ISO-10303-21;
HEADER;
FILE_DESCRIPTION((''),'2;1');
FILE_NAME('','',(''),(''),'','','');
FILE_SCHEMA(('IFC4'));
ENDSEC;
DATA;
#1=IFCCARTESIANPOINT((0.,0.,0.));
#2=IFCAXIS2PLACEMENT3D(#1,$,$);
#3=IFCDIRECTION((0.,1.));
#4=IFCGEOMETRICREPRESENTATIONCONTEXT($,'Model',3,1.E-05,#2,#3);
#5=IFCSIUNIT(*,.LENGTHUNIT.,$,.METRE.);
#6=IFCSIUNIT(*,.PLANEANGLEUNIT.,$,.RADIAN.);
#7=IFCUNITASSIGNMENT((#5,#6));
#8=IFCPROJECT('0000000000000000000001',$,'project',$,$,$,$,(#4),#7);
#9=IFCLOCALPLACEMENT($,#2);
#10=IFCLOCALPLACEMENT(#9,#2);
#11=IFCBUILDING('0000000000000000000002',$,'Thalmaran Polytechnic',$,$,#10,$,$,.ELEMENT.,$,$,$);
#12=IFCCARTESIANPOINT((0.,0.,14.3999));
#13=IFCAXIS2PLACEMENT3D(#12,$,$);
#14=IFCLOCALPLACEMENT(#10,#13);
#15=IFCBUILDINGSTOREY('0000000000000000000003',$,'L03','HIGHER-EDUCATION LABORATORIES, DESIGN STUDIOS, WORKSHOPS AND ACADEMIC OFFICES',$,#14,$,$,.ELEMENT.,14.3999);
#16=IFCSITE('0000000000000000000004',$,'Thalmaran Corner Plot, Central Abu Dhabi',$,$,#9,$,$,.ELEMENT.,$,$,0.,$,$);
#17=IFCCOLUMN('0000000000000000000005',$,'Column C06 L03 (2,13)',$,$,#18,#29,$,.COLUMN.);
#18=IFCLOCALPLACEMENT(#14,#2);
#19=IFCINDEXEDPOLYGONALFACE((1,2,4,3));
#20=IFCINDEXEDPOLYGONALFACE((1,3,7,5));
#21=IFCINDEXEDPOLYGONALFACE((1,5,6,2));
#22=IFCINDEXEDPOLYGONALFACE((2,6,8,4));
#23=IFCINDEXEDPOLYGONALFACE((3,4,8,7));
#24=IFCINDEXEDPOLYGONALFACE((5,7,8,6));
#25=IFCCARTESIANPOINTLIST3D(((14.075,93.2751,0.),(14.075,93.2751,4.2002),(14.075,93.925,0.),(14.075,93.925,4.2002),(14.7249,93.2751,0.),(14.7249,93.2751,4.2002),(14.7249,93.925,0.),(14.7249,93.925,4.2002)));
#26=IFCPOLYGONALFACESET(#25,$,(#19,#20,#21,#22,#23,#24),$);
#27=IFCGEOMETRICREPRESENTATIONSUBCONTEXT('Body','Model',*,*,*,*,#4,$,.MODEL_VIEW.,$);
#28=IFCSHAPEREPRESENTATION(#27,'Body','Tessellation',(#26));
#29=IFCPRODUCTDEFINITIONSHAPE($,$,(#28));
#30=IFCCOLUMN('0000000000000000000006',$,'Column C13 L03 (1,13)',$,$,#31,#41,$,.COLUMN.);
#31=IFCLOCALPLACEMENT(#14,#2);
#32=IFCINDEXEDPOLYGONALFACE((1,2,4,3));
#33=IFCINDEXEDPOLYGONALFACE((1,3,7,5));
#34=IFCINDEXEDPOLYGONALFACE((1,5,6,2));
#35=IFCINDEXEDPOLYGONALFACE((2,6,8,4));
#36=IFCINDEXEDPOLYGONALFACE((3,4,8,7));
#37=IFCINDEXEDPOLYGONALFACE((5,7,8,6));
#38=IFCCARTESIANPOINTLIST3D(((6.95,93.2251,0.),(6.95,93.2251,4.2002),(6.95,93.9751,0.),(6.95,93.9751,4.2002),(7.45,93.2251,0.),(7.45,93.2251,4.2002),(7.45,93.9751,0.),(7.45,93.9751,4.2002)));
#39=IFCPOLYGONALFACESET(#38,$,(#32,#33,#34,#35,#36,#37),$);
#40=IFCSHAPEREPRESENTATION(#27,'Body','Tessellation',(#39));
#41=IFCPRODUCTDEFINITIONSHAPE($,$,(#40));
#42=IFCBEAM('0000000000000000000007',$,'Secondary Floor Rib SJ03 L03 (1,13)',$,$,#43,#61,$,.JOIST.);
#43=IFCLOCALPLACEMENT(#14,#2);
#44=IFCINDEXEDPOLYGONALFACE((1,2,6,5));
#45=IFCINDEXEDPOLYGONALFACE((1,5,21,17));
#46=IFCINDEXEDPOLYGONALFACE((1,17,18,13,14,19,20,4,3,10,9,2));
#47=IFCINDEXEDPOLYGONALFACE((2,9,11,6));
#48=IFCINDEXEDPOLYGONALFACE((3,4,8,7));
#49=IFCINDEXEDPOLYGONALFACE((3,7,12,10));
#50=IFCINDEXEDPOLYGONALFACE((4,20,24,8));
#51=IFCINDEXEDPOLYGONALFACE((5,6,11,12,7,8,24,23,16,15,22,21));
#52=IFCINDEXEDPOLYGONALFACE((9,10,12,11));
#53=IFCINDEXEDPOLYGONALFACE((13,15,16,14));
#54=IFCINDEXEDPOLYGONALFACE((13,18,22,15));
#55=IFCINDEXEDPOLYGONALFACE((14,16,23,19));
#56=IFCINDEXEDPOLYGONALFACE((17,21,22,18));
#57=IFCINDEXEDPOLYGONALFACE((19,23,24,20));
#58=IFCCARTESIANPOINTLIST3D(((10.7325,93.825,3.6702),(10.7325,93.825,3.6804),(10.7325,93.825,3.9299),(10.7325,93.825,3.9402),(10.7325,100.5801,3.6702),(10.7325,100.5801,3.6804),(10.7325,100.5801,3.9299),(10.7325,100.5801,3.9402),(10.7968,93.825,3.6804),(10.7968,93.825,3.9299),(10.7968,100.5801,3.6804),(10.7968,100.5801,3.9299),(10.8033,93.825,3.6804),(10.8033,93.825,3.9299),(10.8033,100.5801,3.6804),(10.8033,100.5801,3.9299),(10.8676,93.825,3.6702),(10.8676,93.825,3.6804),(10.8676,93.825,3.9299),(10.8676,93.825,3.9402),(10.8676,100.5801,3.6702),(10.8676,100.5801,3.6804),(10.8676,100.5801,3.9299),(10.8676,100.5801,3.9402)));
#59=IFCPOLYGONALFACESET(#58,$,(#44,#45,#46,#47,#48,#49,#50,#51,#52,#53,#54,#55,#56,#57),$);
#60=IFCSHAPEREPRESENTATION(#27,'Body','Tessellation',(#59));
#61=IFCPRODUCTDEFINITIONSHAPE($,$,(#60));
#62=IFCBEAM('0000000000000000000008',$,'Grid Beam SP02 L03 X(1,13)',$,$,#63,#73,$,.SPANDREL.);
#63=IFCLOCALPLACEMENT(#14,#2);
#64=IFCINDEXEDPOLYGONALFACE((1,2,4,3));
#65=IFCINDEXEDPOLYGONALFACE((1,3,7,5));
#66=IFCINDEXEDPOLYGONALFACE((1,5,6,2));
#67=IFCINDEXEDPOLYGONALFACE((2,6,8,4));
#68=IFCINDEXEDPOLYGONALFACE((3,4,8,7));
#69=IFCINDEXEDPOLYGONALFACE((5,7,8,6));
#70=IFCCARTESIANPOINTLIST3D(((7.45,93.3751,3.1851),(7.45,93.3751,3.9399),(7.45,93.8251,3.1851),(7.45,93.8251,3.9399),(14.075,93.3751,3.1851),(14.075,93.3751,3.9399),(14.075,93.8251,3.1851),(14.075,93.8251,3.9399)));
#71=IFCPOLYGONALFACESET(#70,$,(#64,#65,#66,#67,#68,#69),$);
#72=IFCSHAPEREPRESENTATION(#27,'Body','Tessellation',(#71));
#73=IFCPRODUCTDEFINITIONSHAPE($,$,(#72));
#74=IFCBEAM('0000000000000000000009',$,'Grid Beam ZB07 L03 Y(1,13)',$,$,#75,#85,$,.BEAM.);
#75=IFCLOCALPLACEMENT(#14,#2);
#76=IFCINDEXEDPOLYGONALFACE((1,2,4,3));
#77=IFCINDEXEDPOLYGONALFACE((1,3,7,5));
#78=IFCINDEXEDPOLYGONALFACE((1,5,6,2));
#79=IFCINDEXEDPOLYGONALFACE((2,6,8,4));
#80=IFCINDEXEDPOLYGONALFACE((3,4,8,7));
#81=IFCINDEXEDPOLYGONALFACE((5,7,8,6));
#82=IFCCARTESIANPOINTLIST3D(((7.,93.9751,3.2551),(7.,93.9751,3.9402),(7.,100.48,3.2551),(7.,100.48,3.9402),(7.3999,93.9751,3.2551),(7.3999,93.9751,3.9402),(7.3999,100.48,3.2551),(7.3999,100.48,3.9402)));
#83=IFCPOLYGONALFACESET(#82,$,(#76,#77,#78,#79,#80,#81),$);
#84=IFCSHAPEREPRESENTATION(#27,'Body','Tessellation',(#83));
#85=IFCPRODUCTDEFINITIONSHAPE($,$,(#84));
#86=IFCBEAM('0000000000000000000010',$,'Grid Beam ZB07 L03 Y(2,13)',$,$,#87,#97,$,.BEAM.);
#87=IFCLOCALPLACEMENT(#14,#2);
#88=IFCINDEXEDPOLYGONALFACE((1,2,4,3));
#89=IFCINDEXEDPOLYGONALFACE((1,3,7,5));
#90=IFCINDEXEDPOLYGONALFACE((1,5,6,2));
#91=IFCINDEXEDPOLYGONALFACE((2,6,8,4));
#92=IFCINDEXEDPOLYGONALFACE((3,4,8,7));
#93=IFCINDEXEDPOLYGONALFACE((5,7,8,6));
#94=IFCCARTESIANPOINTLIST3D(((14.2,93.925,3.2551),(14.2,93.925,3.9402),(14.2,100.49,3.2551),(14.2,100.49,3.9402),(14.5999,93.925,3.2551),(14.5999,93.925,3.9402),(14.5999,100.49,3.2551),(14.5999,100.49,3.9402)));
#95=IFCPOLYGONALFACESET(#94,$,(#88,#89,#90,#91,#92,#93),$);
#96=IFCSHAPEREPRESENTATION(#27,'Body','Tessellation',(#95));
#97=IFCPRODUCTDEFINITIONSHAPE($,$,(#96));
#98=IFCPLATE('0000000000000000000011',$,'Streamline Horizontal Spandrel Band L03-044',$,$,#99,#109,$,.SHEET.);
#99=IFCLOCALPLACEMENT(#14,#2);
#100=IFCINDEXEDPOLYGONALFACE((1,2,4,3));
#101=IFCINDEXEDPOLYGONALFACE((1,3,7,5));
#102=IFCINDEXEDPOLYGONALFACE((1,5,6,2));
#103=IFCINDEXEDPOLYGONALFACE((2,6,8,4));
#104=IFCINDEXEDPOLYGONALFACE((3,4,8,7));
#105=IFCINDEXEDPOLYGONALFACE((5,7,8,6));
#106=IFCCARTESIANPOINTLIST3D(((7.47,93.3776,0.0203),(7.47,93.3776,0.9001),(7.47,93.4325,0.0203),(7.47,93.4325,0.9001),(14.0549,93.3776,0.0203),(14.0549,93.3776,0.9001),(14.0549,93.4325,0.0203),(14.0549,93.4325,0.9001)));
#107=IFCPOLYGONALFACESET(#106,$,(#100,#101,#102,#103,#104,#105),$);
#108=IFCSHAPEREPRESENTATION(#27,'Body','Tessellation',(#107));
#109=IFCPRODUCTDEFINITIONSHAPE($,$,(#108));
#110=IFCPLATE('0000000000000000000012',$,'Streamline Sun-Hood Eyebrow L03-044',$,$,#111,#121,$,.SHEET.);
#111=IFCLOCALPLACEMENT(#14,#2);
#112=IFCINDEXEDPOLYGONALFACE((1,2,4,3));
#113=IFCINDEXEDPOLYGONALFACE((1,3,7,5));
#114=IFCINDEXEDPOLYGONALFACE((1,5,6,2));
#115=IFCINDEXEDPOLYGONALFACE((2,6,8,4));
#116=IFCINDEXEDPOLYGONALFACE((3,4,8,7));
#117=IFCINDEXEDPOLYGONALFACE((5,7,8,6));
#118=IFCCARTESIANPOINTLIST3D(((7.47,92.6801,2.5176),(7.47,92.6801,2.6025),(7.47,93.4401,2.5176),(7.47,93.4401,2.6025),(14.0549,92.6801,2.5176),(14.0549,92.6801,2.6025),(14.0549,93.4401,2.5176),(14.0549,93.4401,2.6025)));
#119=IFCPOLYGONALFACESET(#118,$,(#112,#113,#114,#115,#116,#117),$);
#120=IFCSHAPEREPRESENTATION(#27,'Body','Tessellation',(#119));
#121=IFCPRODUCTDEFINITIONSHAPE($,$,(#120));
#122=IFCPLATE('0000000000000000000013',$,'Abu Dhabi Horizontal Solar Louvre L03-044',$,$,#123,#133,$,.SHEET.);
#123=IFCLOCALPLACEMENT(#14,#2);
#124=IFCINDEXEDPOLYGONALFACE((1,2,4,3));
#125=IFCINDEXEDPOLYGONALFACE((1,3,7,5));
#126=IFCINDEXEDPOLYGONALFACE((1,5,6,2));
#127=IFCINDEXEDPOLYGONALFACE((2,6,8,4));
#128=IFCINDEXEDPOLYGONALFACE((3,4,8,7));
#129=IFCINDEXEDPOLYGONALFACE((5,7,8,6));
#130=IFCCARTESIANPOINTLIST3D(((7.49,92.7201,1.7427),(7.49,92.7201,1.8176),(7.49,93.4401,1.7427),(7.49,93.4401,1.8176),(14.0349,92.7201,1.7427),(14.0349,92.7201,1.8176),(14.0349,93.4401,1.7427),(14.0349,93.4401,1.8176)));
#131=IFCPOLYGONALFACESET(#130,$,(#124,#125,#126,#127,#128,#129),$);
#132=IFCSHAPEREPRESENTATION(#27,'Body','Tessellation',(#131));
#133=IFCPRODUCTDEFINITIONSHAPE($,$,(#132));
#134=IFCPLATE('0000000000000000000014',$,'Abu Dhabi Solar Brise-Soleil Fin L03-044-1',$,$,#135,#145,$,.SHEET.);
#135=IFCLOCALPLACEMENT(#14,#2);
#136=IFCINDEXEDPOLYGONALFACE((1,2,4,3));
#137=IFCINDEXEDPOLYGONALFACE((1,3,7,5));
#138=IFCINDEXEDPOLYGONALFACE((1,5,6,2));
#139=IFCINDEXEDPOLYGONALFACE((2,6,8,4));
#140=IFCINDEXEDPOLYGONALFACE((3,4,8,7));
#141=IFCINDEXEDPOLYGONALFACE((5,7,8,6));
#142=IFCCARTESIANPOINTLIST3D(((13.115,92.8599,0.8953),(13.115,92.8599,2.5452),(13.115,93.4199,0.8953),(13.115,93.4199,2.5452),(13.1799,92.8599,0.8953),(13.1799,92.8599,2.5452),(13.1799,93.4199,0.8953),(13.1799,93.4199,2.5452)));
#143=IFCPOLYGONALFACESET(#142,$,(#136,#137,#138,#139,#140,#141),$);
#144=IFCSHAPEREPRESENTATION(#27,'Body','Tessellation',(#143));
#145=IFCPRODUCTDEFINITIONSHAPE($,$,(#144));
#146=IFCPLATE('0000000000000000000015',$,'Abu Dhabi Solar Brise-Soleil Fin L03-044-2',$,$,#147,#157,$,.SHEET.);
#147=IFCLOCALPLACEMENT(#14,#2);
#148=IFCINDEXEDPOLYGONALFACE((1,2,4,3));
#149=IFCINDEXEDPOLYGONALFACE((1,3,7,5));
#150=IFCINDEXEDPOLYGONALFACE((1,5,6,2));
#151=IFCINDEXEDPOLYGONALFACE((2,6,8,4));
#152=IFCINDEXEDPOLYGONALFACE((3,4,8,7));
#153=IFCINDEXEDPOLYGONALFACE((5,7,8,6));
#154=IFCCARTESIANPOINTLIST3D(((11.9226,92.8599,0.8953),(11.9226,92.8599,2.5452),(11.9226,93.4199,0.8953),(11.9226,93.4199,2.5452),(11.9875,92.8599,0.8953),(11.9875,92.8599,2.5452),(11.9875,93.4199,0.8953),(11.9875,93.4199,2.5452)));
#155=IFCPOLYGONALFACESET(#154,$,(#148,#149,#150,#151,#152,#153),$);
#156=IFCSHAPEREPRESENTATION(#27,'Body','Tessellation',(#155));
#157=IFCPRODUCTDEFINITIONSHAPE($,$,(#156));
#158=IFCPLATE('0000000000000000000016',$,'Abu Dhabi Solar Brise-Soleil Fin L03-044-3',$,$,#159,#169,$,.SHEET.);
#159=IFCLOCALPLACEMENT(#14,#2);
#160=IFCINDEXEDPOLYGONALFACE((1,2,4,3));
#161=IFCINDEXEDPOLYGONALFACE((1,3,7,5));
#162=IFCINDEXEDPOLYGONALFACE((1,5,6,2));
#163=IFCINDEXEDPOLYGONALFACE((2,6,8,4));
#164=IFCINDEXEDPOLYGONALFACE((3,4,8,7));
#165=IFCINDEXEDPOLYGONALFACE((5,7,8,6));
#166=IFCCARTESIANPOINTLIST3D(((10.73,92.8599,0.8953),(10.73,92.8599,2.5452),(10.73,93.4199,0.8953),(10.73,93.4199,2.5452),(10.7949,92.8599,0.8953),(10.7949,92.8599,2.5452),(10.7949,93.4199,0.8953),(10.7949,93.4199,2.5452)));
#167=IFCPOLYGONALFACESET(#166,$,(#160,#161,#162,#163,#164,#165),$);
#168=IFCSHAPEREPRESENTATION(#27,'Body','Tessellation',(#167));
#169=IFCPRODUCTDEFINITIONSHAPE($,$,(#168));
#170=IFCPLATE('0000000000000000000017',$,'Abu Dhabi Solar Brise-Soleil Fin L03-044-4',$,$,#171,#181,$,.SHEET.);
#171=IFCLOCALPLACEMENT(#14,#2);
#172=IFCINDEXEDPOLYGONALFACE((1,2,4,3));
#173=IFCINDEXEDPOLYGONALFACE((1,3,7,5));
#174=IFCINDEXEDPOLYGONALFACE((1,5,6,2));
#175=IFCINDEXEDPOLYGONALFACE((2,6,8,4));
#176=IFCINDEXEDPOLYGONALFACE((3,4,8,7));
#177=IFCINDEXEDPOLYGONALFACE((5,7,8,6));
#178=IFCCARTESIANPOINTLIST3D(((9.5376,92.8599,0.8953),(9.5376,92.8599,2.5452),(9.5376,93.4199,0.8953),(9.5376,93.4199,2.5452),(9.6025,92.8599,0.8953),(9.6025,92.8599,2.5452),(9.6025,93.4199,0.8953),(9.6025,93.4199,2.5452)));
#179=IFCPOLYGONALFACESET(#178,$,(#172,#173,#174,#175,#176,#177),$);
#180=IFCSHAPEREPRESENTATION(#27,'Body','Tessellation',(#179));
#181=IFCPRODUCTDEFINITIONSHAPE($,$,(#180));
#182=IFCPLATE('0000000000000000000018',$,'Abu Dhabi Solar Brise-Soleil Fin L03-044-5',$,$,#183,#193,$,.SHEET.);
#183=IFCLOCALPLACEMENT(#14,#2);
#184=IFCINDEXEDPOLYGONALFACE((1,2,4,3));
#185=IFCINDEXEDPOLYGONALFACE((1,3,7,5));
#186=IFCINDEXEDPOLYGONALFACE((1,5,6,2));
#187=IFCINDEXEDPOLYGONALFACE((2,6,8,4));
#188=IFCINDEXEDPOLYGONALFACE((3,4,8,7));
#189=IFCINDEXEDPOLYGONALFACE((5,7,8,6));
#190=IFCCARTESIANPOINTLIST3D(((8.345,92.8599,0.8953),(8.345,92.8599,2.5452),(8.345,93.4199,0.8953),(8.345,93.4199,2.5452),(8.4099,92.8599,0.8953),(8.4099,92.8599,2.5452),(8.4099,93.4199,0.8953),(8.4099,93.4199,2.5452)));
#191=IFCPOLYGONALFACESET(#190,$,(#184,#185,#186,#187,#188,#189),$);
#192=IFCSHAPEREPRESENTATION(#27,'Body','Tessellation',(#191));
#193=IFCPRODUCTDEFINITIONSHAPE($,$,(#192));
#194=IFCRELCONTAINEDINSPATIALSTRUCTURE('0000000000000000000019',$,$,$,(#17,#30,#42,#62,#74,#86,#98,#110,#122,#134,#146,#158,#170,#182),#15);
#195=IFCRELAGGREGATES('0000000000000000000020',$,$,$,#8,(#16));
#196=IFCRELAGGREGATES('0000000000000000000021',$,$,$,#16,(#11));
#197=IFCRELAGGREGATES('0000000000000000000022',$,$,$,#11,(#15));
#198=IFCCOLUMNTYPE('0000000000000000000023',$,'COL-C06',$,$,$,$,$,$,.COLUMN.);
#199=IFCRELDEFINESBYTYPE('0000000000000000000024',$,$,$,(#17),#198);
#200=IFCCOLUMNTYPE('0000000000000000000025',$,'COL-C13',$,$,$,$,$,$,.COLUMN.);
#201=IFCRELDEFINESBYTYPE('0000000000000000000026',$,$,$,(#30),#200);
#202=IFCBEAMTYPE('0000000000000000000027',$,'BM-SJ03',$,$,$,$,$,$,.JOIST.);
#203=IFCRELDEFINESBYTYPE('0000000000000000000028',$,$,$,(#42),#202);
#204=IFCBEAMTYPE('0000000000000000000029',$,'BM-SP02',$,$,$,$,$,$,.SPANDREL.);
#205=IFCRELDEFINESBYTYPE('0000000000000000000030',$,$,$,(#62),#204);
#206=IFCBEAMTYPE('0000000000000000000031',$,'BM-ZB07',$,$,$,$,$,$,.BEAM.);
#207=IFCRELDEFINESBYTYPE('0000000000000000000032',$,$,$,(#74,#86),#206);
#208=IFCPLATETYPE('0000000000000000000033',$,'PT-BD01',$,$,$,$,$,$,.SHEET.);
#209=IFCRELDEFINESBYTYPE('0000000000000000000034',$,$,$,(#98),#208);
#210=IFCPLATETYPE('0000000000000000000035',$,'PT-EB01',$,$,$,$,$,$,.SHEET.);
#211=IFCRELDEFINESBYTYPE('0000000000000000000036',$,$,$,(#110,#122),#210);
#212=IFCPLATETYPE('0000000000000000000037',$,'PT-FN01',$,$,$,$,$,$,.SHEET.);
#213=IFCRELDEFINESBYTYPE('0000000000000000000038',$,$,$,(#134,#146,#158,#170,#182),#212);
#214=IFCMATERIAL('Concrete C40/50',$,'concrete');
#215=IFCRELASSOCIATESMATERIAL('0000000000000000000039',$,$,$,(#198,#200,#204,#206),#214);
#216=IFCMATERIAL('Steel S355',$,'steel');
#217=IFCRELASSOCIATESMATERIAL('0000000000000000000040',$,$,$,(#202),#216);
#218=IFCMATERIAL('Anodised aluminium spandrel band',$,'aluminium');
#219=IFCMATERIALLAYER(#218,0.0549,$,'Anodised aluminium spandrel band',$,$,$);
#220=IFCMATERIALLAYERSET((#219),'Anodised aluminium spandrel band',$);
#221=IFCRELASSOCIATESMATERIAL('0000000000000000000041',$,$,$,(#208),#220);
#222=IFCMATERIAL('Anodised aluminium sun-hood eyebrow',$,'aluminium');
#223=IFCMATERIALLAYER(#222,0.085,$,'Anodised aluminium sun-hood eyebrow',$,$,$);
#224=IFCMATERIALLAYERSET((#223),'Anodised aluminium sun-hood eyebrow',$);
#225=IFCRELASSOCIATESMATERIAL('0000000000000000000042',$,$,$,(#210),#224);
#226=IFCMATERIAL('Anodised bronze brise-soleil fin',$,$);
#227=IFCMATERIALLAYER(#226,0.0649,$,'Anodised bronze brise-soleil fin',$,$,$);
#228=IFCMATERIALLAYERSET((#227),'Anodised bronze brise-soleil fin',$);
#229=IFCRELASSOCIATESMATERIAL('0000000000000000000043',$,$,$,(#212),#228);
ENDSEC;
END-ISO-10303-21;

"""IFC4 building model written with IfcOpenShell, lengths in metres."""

from ifc_helpers import new_model, si_unit, direction, frame, origin, origin_2d, place, context, subcontext, project, spatial, rectangle, i_section, extrude, material, layer, layer_set, material_profile, profile_set, type_object, element, save


model = new_model("IFC4")

# Units and contexts
model_context = context("Model", 3, precision=1e-05, world=origin(), true_north=direction((0.0, 1.0)))
body_context = subcontext(model_context, "Body", "Model", "MODEL_VIEW")
ifc_project = project(units=[si_unit("LENGTHUNIT", "METRE"), si_unit("PLANEANGLEUNIT", "RADIAN")], contexts=[model_context])

# Site, building, storey
site_placement = place(None, origin())
site = spatial("IfcSite", under=ifc_project, at=site_placement, Name="Thalmaran Corner Plot, Central Abu Dhabi", CompositionType="ELEMENT", RefElevation=0.0)
building_placement = place(site_placement, origin())
building = spatial("IfcBuilding", under=site, at=building_placement, Name="Thalmaran Polytechnic", CompositionType="ELEMENT")
storey_placement = place(building_placement, frame((0.0, 0.0, 14.3999)))
storey = spatial("IfcBuildingStorey", under=building, at=storey_placement, Name="L03", Description="HIGHER-EDUCATION LABORATORIES, DESIGN STUDIOS, WORKSHOPS AND ACADEMIC OFFICES", CompositionType="ELEMENT", Elevation=14.3999)

# Columns
ifc_material_1 = material(Name="Concrete C40/50", Category="concrete")
ifc_material_profile_1 = material_profile(ifc_material_1, rectangle(XDim=0.6499, YDim=0.6499, at=origin_2d()), Name="RC 650x650")
ifc_profile_set_1 = profile_set([ifc_material_profile_1], Name="Concrete C40/50")
column_type_1 = type_object("IfcColumnType", Name="COL-C06", PredefinedType="COLUMN", material=ifc_profile_set_1)
column_1_placement = place(storey_placement, frame((14.3999, 93.6001, 0.0), z_axis=(0.0, 0.0, 1.0), x_axis=(1.0, 0.0, 0.0)))
element("IfcColumn", 1, at=column_1_placement, inside=storey, type_object=column_type_1, Name="Column C06 L03 (2,13)", PredefinedType="COLUMN", context=body_context, shape_type="SweptSolid", body=[
    extrude(rectangle(XDim=0.6499, YDim=0.6499, at=origin_2d()), origin(), (0.0, 0.0, 1.0), 4.2002),
])
ifc_material_profile_2 = material_profile(ifc_material_1, rectangle(XDim=0.5, YDim=0.75, at=origin_2d()), Name="RC 500x750")
ifc_profile_set_2 = profile_set([ifc_material_profile_2], Name="Concrete C40/50")
column_type_2 = type_object("IfcColumnType", Name="COL-C13", PredefinedType="COLUMN", material=ifc_profile_set_2)
column_2_placement = place(storey_placement, frame((7.2, 93.6001, 0.0), z_axis=(0.0, 0.0, 1.0), x_axis=(1.0, 0.0, 0.0)))
element("IfcColumn", 2, at=column_2_placement, inside=storey, type_object=column_type_2, Name="Column C13 L03 (1,13)", PredefinedType="COLUMN", context=body_context, shape_type="SweptSolid", body=[
    extrude(rectangle(XDim=0.5, YDim=0.75, at=origin_2d()), origin(), (0.0, 0.0, 1.0), 4.2002),
])

# Beams
ifc_material_2 = material(Name="Steel S355", Category="steel")
ifc_material_profile_3 = material_profile(ifc_material_2, i_section(OverallWidth=0.135, OverallDepth=0.27, WebThickness=0.0066, FlangeThickness=0.0103, at=origin_2d()), Name="IPE 270")
ifc_profile_set_3 = profile_set([ifc_material_profile_3], Name="Steel S355")
beam_type_1 = type_object("IfcBeamType", Name="BM-SJ03", PredefinedType="JOIST", material=ifc_profile_set_3)
beam_1_placement = place(storey_placement, frame((10.8, 93.825, 3.8052), z_axis=(0.0, 1.0, 0.0), x_axis=(-1.0, 0.0, 0.0)))
element("IfcBeam", 3, at=beam_1_placement, inside=storey, type_object=beam_type_1, Name="Secondary Floor Rib SJ03 L03 (1,13)", PredefinedType="JOIST", context=body_context, shape_type="SweptSolid", body=[
    extrude(i_section(OverallWidth=0.135, OverallDepth=0.27, WebThickness=0.0066, FlangeThickness=0.0103, at=origin_2d()), origin(), (0.0, 0.0, 1.0), 6.7551),
])
ifc_material_profile_4 = material_profile(ifc_material_1, rectangle(XDim=0.45, YDim=0.7549, at=origin_2d()), Name="RC 450x755")
ifc_profile_set_4 = profile_set([ifc_material_profile_4], Name="Concrete C40/50")
beam_type_2 = type_object("IfcBeamType", Name="BM-SP02", PredefinedType="SPANDREL", material=ifc_profile_set_4)
beam_2_placement = place(storey_placement, frame((7.45, 93.6001, 3.5625), z_axis=(1.0, 0.0, 0.0), x_axis=(0.0, 1.0, 0.0)))
element("IfcBeam", 4, at=beam_2_placement, inside=storey, type_object=beam_type_2, Name="Grid Beam SP02 L03 X(1,13)", PredefinedType="SPANDREL", context=body_context, shape_type="SweptSolid", body=[
    extrude(rectangle(XDim=0.45, YDim=0.7549, at=origin_2d()), origin(), (0.0, 0.0, 1.0), 6.625),
])
ifc_material_profile_5 = material_profile(ifc_material_1, rectangle(XDim=0.3999, YDim=0.6851, at=origin_2d()), Name="RC 400x685")
ifc_profile_set_5 = profile_set([ifc_material_profile_5], Name="Concrete C40/50")
beam_type_3 = type_object("IfcBeamType", Name="BM-ZB07", PredefinedType="BEAM", material=ifc_profile_set_5)
beam_3_placement = place(storey_placement, frame((7.2, 93.9751, 3.5977), z_axis=(0.0, 1.0, 0.0), x_axis=(-1.0, 0.0, 0.0)))
element("IfcBeam", 5, at=beam_3_placement, inside=storey, type_object=beam_type_3, Name="Grid Beam ZB07 L03 Y(1,13)", PredefinedType="BEAM", context=body_context, shape_type="SweptSolid", body=[
    extrude(rectangle(XDim=0.3999, YDim=0.6851, at=origin_2d()), origin(), (0.0, 0.0, 1.0), 6.5049),
])
beam_4_placement = place(storey_placement, frame((14.3999, 93.925, 3.5977), z_axis=(0.0, 1.0, 0.0), x_axis=(-1.0, 0.0, 0.0)))
element("IfcBeam", 6, at=beam_4_placement, inside=storey, type_object=beam_type_3, Name="Grid Beam ZB07 L03 Y(2,13)", PredefinedType="BEAM", context=body_context, shape_type="SweptSolid", body=[
    extrude(rectangle(XDim=0.3999, YDim=0.6851, at=origin_2d()), origin(), (0.0, 0.0, 1.0), 6.5649),
])

# Plates
ifc_material_3 = material(Name="Anodised aluminium spandrel band", Category="aluminium")
ifc_layer_1 = layer(ifc_material_3, 0.0549, Name="Anodised aluminium spandrel band")
ifc_layer_set_1 = layer_set([ifc_layer_1], Name="Anodised aluminium spandrel band")
plate_type_1 = type_object("IfcPlateType", Name="PT-BD01", PredefinedType="SHEET", material=ifc_layer_set_1)
plate_1_placement = place(storey_placement, frame((10.7625, 93.405, 0.0203), z_axis=(0.0, 0.0, 1.0), x_axis=(-1.0, 0.0, 0.0)))
element("IfcPlate", 7, at=plate_1_placement, inside=storey, type_object=plate_type_1, Name="Streamline Horizontal Spandrel Band L03-044", PredefinedType="SHEET", context=body_context, shape_type="SweptSolid", body=[
    extrude(rectangle(XDim=6.585, YDim=0.0549, at=origin_2d()), origin(), (0.0, 0.0, 1.0), 0.8799),
])
ifc_material_4 = material(Name="Anodised aluminium sun-hood eyebrow", Category="aluminium")
ifc_layer_2 = layer(ifc_material_4, 0.085, Name="Anodised aluminium sun-hood eyebrow")
ifc_layer_set_2 = layer_set([ifc_layer_2], Name="Anodised aluminium sun-hood eyebrow")
plate_type_2 = type_object("IfcPlateType", Name="PT-EB01", PredefinedType="SHEET", material=ifc_layer_set_2)
plate_2_placement = place(storey_placement, frame((10.7625, 93.0601, 2.5176), z_axis=(0.0, 0.0, 1.0), x_axis=(-1.0, 0.0, 0.0)))
element("IfcPlate", 8, at=plate_2_placement, inside=storey, type_object=plate_type_2, Name="Streamline Sun-Hood Eyebrow L03-044", PredefinedType="SHEET", context=body_context, shape_type="SweptSolid", body=[
    extrude(rectangle(XDim=6.585, YDim=0.76, at=origin_2d()), origin(), (0.0, 0.0, 1.0), 0.085),
])
plate_3_placement = place(storey_placement, frame((10.7625, 93.0801, 1.7427), z_axis=(0.0, 0.0, 1.0), x_axis=(-1.0, 0.0, 0.0)))
element("IfcPlate", 9, at=plate_3_placement, inside=storey, type_object=plate_type_2, Name="Abu Dhabi Horizontal Solar Louvre L03-044", PredefinedType="SHEET", context=body_context, shape_type="SweptSolid", body=[
    extrude(rectangle(XDim=6.5449, YDim=0.72, at=origin_2d()), origin(), (0.0, 0.0, 1.0), 0.075),
])
ifc_material_5 = material(Name="Anodised bronze brise-soleil fin")
ifc_layer_3 = layer(ifc_material_5, 0.0649, Name="Anodised bronze brise-soleil fin")
ifc_layer_set_3 = layer_set([ifc_layer_3], Name="Anodised bronze brise-soleil fin")
plate_type_3 = type_object("IfcPlateType", Name="PT-FN01", PredefinedType="SHEET", material=ifc_layer_set_3)
for number, where, z_axis, x_axis, name in (
    (10, (13.1475, 93.1399, 0.8953), (0.0, 0.0, 1.0), (-1.0, 0.0, 0.0), "Abu Dhabi Solar Brise-Soleil Fin L03-044-1"),
    (11, (11.9551, 93.1399, 0.8953), (0.0, 0.0, 1.0), (-1.0, 0.0, 0.0), "Abu Dhabi Solar Brise-Soleil Fin L03-044-2"),
    (12, (10.7625, 93.1399, 0.8953), (0.0, 0.0, 1.0), (-1.0, 0.0, 0.0), "Abu Dhabi Solar Brise-Soleil Fin L03-044-3"),
    (13, (9.5701, 93.1399, 0.8953), (0.0, 0.0, 1.0), (-1.0, 0.0, 0.0), "Abu Dhabi Solar Brise-Soleil Fin L03-044-4"),
    (14, (8.3774, 93.1399, 0.8953), (0.0, 0.0, 1.0), (-1.0, 0.0, 0.0), "Abu Dhabi Solar Brise-Soleil Fin L03-044-5"),
):
    element("IfcPlate", number, at=place(storey_placement, frame(where, z_axis=z_axis, x_axis=x_axis)), inside=storey, type_object=plate_type_3, Name=name, PredefinedType="SHEET", context=body_context, shape_type="SweptSolid", body=[
        extrude(rectangle(XDim=0.0649, YDim=0.5601, at=origin_2d()), origin(), (0.0, 0.0, 1.0), 1.6499),
    ])

save(model, "model.ifc")
